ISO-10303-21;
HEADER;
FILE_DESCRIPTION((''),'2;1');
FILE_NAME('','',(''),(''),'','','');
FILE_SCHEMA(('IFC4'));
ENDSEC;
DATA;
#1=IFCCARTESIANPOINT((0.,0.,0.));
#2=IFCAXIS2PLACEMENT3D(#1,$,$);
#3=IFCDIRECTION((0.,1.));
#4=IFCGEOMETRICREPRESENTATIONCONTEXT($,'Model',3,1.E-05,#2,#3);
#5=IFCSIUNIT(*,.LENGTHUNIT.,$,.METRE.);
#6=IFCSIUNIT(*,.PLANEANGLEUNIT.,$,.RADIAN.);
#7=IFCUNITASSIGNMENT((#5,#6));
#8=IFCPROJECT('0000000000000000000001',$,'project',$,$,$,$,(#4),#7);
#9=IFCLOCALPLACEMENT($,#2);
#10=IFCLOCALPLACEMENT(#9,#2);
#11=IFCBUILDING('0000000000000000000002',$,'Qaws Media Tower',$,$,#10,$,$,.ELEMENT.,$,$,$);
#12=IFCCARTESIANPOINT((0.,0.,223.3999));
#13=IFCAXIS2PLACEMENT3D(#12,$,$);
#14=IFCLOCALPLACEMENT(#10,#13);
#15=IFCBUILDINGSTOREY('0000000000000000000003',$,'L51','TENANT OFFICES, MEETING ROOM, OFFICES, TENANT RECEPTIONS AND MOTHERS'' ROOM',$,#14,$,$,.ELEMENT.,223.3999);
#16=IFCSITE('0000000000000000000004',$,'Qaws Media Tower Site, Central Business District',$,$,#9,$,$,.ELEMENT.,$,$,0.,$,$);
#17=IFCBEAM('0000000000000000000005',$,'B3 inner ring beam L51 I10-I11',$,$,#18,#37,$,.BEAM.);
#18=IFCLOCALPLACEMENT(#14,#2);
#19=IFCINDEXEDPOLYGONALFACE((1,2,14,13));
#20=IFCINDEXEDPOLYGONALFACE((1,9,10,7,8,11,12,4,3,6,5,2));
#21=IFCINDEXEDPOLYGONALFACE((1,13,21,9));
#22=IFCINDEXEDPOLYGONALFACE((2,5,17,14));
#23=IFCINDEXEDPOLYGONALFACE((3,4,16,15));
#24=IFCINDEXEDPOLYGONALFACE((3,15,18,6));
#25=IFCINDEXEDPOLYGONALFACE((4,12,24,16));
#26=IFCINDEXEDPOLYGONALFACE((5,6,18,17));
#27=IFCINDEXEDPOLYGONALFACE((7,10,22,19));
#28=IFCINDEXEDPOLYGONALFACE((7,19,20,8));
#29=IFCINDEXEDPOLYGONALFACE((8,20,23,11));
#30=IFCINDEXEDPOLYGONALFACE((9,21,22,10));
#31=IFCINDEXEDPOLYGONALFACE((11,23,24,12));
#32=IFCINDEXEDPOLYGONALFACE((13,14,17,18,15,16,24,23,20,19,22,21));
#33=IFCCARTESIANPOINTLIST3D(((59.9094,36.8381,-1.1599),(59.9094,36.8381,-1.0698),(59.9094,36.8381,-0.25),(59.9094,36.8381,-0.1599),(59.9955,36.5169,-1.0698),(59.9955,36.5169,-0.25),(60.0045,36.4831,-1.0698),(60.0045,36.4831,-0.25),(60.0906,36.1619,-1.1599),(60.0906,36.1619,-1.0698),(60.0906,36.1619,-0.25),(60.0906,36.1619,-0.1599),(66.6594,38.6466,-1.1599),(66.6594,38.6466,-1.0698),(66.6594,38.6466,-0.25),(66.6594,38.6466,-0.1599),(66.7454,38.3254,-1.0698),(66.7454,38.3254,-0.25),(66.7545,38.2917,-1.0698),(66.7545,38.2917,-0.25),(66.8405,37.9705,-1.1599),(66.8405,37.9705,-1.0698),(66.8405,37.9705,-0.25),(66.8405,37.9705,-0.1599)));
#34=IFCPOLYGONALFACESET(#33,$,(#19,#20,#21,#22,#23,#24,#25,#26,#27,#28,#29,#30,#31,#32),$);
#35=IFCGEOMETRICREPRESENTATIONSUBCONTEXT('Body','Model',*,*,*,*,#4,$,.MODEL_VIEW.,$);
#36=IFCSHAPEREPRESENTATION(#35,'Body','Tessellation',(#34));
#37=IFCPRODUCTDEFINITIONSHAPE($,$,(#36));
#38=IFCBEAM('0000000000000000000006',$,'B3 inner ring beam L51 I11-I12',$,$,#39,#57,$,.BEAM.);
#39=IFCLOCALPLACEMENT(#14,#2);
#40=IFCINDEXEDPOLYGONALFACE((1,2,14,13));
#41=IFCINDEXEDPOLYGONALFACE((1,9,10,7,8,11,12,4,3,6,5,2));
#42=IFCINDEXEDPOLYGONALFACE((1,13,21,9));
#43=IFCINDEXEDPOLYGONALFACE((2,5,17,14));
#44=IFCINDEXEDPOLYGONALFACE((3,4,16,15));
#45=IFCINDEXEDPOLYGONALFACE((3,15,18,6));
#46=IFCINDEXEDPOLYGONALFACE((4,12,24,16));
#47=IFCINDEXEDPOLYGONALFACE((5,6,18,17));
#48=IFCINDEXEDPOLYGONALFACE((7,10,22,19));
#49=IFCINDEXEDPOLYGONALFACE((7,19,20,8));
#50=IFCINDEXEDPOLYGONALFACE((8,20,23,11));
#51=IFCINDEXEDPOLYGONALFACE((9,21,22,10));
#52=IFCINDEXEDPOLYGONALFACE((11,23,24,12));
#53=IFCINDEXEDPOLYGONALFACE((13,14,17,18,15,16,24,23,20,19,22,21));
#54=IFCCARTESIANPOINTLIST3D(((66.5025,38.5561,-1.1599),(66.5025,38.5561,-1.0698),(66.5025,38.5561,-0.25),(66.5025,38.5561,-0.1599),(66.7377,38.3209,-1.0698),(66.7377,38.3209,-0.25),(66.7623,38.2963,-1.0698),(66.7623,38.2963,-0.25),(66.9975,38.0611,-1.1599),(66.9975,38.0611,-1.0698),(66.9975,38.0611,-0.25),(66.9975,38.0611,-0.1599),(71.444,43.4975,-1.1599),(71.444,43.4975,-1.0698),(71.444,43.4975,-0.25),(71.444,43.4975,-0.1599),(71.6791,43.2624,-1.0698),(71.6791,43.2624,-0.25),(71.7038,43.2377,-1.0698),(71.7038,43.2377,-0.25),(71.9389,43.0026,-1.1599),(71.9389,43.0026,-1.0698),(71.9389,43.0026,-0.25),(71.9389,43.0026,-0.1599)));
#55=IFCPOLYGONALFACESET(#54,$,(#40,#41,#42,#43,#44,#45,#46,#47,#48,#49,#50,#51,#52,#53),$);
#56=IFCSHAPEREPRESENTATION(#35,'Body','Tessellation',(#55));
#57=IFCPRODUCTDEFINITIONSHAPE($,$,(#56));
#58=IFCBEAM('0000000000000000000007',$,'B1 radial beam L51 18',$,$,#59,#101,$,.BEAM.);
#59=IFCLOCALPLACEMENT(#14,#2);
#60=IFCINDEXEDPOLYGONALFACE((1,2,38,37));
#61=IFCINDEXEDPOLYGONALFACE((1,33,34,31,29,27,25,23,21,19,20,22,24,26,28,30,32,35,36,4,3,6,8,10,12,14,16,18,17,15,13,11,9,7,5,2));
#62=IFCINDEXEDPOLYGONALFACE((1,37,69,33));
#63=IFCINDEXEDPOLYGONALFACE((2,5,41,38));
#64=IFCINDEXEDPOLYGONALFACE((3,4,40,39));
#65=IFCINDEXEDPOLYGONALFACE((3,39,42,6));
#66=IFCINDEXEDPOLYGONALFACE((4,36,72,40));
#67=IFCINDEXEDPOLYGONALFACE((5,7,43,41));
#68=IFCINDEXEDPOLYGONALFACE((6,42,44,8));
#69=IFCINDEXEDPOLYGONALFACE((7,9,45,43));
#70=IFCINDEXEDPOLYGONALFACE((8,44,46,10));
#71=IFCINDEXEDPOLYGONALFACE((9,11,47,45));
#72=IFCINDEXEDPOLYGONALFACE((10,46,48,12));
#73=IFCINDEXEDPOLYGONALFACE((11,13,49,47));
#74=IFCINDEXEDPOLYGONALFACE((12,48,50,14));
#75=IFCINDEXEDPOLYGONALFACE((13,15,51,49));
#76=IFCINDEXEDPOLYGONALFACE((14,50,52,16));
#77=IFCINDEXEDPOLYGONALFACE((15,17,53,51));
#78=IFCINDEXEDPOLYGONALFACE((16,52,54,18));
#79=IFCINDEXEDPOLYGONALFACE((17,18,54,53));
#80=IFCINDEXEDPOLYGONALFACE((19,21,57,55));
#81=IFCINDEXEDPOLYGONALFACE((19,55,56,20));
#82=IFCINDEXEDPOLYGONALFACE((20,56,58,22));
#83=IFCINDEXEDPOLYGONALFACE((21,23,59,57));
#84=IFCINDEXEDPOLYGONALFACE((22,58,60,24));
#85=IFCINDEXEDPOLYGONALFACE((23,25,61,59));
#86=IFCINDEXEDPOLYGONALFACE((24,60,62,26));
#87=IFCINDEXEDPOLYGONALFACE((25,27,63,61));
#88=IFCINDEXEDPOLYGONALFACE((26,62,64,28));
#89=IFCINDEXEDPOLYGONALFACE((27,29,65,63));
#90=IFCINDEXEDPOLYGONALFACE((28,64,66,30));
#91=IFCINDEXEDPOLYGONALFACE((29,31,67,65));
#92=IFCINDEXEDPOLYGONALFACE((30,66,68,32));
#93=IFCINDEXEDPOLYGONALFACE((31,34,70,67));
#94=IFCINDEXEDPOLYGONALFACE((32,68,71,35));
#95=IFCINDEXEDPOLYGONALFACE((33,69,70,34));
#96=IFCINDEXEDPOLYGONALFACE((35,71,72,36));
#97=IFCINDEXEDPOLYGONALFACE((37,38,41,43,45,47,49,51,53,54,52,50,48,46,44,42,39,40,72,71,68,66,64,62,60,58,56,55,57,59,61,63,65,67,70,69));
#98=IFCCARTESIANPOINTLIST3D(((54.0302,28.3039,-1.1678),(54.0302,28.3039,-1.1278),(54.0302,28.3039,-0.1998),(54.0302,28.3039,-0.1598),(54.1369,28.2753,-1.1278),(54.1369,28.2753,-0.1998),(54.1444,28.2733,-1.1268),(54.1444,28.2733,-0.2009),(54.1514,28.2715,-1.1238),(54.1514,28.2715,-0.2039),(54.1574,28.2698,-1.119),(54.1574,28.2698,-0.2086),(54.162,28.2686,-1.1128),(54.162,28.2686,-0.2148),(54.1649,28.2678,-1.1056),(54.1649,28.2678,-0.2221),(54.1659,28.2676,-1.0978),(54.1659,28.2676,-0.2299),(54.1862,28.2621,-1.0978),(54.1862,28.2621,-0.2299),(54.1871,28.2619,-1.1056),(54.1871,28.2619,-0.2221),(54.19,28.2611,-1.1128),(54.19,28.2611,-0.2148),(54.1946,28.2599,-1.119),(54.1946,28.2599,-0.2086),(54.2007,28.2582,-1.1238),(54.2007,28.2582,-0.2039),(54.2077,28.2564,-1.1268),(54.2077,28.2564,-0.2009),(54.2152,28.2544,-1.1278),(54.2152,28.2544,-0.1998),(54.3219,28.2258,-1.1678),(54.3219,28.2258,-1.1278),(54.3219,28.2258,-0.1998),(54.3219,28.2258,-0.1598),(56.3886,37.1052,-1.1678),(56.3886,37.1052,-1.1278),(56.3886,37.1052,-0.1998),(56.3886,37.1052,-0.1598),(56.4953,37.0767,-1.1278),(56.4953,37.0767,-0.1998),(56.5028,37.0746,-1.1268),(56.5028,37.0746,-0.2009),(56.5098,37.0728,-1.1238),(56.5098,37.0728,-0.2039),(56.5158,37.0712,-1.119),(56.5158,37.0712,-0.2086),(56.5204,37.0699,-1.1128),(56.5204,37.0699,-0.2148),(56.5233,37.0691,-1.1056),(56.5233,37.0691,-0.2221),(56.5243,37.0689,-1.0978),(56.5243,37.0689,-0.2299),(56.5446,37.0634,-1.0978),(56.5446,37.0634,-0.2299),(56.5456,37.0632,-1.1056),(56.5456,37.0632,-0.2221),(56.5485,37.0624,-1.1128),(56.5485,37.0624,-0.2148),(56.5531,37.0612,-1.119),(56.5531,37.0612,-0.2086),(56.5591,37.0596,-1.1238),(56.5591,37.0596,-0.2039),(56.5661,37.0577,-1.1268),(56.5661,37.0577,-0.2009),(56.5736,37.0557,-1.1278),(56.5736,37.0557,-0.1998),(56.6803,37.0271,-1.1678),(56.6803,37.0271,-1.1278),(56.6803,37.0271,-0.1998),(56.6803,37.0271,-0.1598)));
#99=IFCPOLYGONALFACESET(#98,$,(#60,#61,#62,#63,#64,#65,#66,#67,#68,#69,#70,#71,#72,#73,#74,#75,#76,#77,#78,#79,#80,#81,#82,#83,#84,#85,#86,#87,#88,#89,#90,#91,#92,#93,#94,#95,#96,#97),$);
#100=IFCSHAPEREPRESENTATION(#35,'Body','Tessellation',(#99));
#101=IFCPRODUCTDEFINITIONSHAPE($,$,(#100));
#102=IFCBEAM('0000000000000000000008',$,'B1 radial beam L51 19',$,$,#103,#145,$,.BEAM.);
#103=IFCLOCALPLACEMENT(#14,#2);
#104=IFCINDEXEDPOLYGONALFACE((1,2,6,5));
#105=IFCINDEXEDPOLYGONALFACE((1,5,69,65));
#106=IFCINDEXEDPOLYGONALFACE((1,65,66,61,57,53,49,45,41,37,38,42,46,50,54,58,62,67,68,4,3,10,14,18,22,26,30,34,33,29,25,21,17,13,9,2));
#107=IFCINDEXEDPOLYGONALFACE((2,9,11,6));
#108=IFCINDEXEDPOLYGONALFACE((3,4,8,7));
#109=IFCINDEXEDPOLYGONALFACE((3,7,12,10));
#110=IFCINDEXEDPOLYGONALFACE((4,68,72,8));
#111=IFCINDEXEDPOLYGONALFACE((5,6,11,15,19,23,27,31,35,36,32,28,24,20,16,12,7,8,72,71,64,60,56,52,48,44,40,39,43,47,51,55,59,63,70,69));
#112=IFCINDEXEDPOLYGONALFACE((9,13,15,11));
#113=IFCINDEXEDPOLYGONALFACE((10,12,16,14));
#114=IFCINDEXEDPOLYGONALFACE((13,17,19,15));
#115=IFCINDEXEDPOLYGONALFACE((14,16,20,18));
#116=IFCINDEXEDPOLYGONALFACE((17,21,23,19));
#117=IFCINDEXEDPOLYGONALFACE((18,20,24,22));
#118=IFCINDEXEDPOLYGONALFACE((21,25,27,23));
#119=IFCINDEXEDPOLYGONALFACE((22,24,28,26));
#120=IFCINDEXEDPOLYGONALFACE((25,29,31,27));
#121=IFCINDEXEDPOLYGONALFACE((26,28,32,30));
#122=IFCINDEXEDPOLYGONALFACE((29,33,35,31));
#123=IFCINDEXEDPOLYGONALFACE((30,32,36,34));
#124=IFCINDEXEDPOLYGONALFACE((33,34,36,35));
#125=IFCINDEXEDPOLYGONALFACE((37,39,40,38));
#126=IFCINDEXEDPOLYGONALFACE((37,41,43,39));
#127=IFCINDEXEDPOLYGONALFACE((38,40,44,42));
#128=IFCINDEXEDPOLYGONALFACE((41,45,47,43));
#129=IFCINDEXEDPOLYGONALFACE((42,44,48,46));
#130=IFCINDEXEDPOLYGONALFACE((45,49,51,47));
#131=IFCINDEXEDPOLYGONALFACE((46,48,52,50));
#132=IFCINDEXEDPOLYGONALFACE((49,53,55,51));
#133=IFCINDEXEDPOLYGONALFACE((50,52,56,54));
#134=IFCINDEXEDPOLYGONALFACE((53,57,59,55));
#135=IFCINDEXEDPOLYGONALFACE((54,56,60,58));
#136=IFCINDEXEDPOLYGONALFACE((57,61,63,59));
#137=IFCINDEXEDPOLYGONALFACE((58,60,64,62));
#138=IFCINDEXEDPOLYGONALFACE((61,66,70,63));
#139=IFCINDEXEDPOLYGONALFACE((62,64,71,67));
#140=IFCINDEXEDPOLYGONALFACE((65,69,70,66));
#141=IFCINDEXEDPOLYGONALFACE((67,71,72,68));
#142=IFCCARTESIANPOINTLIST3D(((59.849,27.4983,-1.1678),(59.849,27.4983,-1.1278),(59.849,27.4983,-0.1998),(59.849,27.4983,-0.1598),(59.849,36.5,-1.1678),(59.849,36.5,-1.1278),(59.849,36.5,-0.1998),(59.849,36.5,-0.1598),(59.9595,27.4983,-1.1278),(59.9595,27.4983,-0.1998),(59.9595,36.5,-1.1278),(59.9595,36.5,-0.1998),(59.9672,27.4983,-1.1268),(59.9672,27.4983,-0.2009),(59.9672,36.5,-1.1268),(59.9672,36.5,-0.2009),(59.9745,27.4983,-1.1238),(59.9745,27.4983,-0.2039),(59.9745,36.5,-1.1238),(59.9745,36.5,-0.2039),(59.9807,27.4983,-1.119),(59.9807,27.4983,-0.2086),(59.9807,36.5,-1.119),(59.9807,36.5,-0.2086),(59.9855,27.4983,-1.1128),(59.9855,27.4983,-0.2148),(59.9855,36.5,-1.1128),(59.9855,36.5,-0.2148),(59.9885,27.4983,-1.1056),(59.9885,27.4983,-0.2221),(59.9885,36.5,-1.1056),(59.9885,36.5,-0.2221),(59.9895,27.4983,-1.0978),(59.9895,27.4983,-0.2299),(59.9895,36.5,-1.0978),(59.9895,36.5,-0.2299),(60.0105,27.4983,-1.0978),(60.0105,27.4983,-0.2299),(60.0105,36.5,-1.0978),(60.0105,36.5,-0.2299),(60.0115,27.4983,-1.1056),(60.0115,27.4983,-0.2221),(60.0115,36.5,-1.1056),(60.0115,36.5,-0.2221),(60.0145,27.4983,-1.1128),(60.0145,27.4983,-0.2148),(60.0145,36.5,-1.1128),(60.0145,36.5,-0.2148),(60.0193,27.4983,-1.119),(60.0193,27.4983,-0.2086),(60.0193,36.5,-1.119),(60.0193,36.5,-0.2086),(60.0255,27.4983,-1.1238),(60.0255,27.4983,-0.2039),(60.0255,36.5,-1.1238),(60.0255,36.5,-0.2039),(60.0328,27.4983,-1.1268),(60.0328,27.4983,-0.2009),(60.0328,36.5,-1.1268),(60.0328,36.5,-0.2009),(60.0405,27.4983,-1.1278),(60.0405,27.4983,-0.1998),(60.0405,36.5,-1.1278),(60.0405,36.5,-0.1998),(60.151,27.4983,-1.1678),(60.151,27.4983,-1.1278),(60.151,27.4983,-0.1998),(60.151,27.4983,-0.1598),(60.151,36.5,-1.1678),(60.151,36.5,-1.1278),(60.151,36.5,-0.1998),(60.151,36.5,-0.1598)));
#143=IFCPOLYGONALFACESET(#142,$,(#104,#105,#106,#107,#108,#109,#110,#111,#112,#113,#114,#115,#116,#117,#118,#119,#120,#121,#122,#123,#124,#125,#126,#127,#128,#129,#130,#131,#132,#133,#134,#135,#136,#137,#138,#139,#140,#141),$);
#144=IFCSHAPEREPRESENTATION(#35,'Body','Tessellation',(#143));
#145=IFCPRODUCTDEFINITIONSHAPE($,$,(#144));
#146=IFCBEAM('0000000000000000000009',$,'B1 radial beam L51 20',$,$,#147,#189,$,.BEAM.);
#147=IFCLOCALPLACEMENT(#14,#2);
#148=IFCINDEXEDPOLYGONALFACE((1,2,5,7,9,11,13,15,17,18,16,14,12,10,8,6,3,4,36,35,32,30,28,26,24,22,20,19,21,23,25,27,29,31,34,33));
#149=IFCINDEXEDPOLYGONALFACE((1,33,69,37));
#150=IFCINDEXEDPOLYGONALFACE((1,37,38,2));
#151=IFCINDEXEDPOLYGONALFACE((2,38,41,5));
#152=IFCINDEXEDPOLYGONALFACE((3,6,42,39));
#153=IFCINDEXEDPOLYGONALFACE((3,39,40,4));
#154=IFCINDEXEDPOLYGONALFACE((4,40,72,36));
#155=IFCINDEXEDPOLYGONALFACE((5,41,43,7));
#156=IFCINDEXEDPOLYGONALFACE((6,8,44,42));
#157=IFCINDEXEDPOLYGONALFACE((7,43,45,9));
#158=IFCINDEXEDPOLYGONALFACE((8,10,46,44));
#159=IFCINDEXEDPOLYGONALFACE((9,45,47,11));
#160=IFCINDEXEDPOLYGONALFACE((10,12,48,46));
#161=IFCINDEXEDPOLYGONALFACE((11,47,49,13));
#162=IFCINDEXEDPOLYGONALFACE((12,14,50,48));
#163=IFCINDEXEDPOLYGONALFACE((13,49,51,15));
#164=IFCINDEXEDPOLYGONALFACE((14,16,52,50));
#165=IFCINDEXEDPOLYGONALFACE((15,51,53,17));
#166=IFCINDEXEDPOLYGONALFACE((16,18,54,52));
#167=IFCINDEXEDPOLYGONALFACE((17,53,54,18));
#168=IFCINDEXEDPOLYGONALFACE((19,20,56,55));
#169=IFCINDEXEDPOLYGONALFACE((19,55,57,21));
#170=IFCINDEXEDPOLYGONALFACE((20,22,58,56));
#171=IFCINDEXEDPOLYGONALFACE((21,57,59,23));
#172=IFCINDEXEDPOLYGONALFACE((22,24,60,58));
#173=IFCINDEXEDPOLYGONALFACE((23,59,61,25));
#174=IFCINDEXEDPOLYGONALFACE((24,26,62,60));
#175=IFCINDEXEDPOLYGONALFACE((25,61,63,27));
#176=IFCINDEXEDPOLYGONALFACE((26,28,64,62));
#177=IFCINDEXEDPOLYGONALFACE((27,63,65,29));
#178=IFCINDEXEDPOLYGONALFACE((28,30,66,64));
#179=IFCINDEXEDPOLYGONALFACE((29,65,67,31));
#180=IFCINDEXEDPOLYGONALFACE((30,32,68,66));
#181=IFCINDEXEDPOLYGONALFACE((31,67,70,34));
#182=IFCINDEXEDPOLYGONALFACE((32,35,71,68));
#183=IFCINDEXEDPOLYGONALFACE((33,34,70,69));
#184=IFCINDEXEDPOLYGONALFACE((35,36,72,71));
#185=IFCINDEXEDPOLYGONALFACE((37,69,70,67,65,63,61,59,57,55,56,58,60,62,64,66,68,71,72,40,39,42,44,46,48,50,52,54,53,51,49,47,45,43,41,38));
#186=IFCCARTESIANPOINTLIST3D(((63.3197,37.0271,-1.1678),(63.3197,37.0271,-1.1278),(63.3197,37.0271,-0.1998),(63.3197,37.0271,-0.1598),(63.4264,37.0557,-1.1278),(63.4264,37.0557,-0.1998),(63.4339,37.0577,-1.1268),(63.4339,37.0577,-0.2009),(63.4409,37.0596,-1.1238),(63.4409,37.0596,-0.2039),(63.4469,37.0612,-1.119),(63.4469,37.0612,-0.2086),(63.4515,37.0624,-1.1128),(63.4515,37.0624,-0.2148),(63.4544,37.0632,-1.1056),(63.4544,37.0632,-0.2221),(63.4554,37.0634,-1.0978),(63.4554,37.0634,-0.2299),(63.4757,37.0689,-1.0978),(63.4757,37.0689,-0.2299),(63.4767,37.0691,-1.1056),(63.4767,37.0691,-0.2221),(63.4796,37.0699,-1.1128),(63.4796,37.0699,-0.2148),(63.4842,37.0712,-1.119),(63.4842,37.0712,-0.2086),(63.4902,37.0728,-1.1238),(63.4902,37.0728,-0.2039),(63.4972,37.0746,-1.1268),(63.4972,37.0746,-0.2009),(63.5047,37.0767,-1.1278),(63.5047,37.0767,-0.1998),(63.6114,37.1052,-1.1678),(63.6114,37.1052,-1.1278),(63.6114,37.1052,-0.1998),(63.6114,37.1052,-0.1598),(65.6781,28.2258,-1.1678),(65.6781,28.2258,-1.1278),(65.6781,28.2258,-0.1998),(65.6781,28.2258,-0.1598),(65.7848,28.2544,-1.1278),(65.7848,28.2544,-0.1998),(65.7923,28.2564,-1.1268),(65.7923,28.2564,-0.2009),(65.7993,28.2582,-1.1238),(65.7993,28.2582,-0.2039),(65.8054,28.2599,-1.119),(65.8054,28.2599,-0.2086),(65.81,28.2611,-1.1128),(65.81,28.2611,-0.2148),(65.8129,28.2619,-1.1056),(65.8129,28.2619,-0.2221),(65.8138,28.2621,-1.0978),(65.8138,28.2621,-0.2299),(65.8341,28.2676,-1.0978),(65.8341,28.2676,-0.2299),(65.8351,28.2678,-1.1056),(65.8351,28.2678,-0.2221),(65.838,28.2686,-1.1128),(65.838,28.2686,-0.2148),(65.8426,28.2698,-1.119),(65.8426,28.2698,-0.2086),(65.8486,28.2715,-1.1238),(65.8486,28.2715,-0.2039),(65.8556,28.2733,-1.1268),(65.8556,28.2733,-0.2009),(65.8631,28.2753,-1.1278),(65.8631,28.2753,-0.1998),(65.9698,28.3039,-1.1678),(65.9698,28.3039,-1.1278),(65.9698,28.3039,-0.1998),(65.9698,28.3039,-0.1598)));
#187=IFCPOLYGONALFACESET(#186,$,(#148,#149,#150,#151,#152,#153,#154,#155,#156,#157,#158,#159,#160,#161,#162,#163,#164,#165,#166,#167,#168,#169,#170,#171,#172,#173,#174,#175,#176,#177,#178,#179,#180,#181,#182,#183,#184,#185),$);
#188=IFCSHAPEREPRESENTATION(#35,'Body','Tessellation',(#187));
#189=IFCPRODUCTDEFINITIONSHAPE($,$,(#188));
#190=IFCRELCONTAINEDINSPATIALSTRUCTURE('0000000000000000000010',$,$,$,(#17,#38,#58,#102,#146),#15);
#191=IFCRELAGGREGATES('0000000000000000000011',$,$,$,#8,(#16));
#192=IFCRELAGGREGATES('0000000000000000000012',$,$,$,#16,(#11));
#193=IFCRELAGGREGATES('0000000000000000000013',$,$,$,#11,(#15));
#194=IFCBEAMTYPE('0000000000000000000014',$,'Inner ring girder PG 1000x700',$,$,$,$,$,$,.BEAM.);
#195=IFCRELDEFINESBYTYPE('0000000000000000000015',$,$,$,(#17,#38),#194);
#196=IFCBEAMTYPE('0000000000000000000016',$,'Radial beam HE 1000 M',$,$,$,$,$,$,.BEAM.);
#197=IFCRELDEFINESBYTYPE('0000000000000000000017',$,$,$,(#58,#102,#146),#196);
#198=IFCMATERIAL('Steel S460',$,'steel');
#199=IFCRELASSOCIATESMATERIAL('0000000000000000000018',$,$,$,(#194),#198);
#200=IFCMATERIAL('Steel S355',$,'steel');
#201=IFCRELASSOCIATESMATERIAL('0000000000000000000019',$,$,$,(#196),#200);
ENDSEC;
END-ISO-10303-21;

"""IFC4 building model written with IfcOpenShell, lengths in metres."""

from ifc_helpers import new_model, si_unit, direction, frame, origin, origin_2d, place, context, subcontext, project, spatial, i_section, extrude, material, material_profile, profile_set, type_object, element, save


model = new_model("IFC4")

# Units and contexts
model_context = context("Model", 3, precision=1e-05, world=origin(), true_north=direction((0.0, 1.0)))
body_context = subcontext(model_context, "Body", "Model", "MODEL_VIEW")
ifc_project = project(units=[si_unit("LENGTHUNIT", "METRE"), si_unit("PLANEANGLEUNIT", "RADIAN")], contexts=[model_context])

# Site, building, storey
site_placement = place(None, origin())
site = spatial("IfcSite", under=ifc_project, at=site_placement, Name="Qaws Media Tower Site, Central Business District", CompositionType="ELEMENT", RefElevation=0.0)
building_placement = place(site_placement, origin())
building = spatial("IfcBuilding", under=site, at=building_placement, Name="Qaws Media Tower", CompositionType="ELEMENT")
storey_placement = place(building_placement, frame((0.0, 0.0, 223.3999)))
storey = spatial("IfcBuildingStorey", under=building, at=storey_placement, Name="L51", Description="TENANT OFFICES, MEETING ROOM, OFFICES, TENANT RECEPTIONS AND MOTHERS' ROOM", CompositionType="ELEMENT", Elevation=223.3999)

# Beams
ifc_material_1 = material(Name="Steel S460", Category="steel")
ifc_material_profile_1 = material_profile(ifc_material_1, i_section(OverallWidth=0.7, OverallDepth=1.0, WebThickness=0.0349, FlangeThickness=0.0901, at=origin_2d()), Name="PG 1000x700")
ifc_profile_set_1 = profile_set([ifc_material_profile_1], Name="Steel S460")
beam_type_1 = type_object("IfcBeamType", Name="Inner ring girder PG 1000x700", PredefinedType="BEAM", material=ifc_profile_set_1)
beam_1_placement = place(storey_placement, frame((60.0, 36.5, -0.6599), z_axis=(0.965928, 0.258811, 0.0), x_axis=(-0.258811, 0.965928, 0.0)))
element("IfcBeam", 1, at=beam_1_placement, inside=storey, type_object=beam_type_1, Name="B3 inner ring beam L51 I10-I11", PredefinedType="BEAM", context=body_context, shape_type="SweptSolid", body=[
    extrude(i_section(OverallWidth=0.7, OverallDepth=1.0, WebThickness=0.0349, FlangeThickness=0.0901, at=origin_2d()), origin(), (0.0, 0.0, 1.0), 6.988),
])
beam_2_placement = place(storey_placement, frame((66.75, 38.3086, -0.6599), z_axis=(0.707107, 0.707107, 0.0), x_axis=(-0.707107, 0.707107, 0.0)))
element("IfcBeam", 2, at=beam_2_placement, inside=storey, type_object=beam_type_1, Name="B3 inner ring beam L51 I11-I12", PredefinedType="BEAM", context=body_context, shape_type="SweptSolid", body=[
    extrude(i_section(OverallWidth=0.7, OverallDepth=1.0, WebThickness=0.0349, FlangeThickness=0.0901, at=origin_2d()), origin(), (0.0, 0.0, 1.0), 6.9883),
])
ifc_material_2 = material(Name="Steel S355", Category="steel")
ifc_material_profile_2 = material_profile(ifc_material_2, i_section(OverallWidth=0.302, OverallDepth=1.0081, WebThickness=0.021, FlangeThickness=0.04, FilletRadius=0.03, at=origin_2d()), Name="HE 1000 M")
ifc_profile_set_2 = profile_set([ifc_material_profile_2], Name="Steel S355")
beam_type_2 = type_object("IfcBeamType", Name="Radial beam HE 1000 M", PredefinedType="BEAM", material=ifc_profile_set_2)
beam_3_placement = place(storey_placement, frame((56.5344, 37.0662, -0.6638), z_axis=(-0.25883, -0.965923, 0.0), x_axis=(0.965923, -0.25883, 0.0)))
element("IfcBeam", 3, at=beam_3_placement, inside=storey, type_object=beam_type_2, Name="B1 radial beam L51 18", PredefinedType="BEAM", context=body_context, shape_type="SweptSolid", body=[
    extrude(i_section(OverallWidth=0.302, OverallDepth=1.0081, WebThickness=0.021, FlangeThickness=0.04, FilletRadius=0.03, at=origin_2d()), origin(), (0.0, 0.0, 1.0), 9.1118),
])
beam_4_placement = place(storey_placement, frame((60.0, 36.5, -0.6638), z_axis=(0.0, -1.0, 0.0), x_axis=(1.0, 0.0, 0.0)))
element("IfcBeam", 4, at=beam_4_placement, inside=storey, type_object=beam_type_2, Name="B1 radial beam L51 19", PredefinedType="BEAM", context=body_context, shape_type="SweptSolid", body=[
    extrude(i_section(OverallWidth=0.302, OverallDepth=1.0081, WebThickness=0.021, FlangeThickness=0.04, FilletRadius=0.03, at=origin_2d()), origin(), (0.0, 0.0, 1.0), 9.0017),
])
beam_5_placement = place(storey_placement, frame((63.4656, 37.0662, -0.6638), z_axis=(0.25883, -0.965923, 0.0), x_axis=(0.965923, 0.25883, 0.0)))
element("IfcBeam", 5, at=beam_5_placement, inside=storey, type_object=beam_type_2, Name="B1 radial beam L51 20", PredefinedType="BEAM", context=body_context, shape_type="SweptSolid", body=[
    extrude(i_section(OverallWidth=0.302, OverallDepth=1.0081, WebThickness=0.021, FlangeThickness=0.04, FilletRadius=0.03, at=origin_2d()), origin(), (0.0, 0.0, 1.0), 9.1118),
])

save(model, "model.ifc")
